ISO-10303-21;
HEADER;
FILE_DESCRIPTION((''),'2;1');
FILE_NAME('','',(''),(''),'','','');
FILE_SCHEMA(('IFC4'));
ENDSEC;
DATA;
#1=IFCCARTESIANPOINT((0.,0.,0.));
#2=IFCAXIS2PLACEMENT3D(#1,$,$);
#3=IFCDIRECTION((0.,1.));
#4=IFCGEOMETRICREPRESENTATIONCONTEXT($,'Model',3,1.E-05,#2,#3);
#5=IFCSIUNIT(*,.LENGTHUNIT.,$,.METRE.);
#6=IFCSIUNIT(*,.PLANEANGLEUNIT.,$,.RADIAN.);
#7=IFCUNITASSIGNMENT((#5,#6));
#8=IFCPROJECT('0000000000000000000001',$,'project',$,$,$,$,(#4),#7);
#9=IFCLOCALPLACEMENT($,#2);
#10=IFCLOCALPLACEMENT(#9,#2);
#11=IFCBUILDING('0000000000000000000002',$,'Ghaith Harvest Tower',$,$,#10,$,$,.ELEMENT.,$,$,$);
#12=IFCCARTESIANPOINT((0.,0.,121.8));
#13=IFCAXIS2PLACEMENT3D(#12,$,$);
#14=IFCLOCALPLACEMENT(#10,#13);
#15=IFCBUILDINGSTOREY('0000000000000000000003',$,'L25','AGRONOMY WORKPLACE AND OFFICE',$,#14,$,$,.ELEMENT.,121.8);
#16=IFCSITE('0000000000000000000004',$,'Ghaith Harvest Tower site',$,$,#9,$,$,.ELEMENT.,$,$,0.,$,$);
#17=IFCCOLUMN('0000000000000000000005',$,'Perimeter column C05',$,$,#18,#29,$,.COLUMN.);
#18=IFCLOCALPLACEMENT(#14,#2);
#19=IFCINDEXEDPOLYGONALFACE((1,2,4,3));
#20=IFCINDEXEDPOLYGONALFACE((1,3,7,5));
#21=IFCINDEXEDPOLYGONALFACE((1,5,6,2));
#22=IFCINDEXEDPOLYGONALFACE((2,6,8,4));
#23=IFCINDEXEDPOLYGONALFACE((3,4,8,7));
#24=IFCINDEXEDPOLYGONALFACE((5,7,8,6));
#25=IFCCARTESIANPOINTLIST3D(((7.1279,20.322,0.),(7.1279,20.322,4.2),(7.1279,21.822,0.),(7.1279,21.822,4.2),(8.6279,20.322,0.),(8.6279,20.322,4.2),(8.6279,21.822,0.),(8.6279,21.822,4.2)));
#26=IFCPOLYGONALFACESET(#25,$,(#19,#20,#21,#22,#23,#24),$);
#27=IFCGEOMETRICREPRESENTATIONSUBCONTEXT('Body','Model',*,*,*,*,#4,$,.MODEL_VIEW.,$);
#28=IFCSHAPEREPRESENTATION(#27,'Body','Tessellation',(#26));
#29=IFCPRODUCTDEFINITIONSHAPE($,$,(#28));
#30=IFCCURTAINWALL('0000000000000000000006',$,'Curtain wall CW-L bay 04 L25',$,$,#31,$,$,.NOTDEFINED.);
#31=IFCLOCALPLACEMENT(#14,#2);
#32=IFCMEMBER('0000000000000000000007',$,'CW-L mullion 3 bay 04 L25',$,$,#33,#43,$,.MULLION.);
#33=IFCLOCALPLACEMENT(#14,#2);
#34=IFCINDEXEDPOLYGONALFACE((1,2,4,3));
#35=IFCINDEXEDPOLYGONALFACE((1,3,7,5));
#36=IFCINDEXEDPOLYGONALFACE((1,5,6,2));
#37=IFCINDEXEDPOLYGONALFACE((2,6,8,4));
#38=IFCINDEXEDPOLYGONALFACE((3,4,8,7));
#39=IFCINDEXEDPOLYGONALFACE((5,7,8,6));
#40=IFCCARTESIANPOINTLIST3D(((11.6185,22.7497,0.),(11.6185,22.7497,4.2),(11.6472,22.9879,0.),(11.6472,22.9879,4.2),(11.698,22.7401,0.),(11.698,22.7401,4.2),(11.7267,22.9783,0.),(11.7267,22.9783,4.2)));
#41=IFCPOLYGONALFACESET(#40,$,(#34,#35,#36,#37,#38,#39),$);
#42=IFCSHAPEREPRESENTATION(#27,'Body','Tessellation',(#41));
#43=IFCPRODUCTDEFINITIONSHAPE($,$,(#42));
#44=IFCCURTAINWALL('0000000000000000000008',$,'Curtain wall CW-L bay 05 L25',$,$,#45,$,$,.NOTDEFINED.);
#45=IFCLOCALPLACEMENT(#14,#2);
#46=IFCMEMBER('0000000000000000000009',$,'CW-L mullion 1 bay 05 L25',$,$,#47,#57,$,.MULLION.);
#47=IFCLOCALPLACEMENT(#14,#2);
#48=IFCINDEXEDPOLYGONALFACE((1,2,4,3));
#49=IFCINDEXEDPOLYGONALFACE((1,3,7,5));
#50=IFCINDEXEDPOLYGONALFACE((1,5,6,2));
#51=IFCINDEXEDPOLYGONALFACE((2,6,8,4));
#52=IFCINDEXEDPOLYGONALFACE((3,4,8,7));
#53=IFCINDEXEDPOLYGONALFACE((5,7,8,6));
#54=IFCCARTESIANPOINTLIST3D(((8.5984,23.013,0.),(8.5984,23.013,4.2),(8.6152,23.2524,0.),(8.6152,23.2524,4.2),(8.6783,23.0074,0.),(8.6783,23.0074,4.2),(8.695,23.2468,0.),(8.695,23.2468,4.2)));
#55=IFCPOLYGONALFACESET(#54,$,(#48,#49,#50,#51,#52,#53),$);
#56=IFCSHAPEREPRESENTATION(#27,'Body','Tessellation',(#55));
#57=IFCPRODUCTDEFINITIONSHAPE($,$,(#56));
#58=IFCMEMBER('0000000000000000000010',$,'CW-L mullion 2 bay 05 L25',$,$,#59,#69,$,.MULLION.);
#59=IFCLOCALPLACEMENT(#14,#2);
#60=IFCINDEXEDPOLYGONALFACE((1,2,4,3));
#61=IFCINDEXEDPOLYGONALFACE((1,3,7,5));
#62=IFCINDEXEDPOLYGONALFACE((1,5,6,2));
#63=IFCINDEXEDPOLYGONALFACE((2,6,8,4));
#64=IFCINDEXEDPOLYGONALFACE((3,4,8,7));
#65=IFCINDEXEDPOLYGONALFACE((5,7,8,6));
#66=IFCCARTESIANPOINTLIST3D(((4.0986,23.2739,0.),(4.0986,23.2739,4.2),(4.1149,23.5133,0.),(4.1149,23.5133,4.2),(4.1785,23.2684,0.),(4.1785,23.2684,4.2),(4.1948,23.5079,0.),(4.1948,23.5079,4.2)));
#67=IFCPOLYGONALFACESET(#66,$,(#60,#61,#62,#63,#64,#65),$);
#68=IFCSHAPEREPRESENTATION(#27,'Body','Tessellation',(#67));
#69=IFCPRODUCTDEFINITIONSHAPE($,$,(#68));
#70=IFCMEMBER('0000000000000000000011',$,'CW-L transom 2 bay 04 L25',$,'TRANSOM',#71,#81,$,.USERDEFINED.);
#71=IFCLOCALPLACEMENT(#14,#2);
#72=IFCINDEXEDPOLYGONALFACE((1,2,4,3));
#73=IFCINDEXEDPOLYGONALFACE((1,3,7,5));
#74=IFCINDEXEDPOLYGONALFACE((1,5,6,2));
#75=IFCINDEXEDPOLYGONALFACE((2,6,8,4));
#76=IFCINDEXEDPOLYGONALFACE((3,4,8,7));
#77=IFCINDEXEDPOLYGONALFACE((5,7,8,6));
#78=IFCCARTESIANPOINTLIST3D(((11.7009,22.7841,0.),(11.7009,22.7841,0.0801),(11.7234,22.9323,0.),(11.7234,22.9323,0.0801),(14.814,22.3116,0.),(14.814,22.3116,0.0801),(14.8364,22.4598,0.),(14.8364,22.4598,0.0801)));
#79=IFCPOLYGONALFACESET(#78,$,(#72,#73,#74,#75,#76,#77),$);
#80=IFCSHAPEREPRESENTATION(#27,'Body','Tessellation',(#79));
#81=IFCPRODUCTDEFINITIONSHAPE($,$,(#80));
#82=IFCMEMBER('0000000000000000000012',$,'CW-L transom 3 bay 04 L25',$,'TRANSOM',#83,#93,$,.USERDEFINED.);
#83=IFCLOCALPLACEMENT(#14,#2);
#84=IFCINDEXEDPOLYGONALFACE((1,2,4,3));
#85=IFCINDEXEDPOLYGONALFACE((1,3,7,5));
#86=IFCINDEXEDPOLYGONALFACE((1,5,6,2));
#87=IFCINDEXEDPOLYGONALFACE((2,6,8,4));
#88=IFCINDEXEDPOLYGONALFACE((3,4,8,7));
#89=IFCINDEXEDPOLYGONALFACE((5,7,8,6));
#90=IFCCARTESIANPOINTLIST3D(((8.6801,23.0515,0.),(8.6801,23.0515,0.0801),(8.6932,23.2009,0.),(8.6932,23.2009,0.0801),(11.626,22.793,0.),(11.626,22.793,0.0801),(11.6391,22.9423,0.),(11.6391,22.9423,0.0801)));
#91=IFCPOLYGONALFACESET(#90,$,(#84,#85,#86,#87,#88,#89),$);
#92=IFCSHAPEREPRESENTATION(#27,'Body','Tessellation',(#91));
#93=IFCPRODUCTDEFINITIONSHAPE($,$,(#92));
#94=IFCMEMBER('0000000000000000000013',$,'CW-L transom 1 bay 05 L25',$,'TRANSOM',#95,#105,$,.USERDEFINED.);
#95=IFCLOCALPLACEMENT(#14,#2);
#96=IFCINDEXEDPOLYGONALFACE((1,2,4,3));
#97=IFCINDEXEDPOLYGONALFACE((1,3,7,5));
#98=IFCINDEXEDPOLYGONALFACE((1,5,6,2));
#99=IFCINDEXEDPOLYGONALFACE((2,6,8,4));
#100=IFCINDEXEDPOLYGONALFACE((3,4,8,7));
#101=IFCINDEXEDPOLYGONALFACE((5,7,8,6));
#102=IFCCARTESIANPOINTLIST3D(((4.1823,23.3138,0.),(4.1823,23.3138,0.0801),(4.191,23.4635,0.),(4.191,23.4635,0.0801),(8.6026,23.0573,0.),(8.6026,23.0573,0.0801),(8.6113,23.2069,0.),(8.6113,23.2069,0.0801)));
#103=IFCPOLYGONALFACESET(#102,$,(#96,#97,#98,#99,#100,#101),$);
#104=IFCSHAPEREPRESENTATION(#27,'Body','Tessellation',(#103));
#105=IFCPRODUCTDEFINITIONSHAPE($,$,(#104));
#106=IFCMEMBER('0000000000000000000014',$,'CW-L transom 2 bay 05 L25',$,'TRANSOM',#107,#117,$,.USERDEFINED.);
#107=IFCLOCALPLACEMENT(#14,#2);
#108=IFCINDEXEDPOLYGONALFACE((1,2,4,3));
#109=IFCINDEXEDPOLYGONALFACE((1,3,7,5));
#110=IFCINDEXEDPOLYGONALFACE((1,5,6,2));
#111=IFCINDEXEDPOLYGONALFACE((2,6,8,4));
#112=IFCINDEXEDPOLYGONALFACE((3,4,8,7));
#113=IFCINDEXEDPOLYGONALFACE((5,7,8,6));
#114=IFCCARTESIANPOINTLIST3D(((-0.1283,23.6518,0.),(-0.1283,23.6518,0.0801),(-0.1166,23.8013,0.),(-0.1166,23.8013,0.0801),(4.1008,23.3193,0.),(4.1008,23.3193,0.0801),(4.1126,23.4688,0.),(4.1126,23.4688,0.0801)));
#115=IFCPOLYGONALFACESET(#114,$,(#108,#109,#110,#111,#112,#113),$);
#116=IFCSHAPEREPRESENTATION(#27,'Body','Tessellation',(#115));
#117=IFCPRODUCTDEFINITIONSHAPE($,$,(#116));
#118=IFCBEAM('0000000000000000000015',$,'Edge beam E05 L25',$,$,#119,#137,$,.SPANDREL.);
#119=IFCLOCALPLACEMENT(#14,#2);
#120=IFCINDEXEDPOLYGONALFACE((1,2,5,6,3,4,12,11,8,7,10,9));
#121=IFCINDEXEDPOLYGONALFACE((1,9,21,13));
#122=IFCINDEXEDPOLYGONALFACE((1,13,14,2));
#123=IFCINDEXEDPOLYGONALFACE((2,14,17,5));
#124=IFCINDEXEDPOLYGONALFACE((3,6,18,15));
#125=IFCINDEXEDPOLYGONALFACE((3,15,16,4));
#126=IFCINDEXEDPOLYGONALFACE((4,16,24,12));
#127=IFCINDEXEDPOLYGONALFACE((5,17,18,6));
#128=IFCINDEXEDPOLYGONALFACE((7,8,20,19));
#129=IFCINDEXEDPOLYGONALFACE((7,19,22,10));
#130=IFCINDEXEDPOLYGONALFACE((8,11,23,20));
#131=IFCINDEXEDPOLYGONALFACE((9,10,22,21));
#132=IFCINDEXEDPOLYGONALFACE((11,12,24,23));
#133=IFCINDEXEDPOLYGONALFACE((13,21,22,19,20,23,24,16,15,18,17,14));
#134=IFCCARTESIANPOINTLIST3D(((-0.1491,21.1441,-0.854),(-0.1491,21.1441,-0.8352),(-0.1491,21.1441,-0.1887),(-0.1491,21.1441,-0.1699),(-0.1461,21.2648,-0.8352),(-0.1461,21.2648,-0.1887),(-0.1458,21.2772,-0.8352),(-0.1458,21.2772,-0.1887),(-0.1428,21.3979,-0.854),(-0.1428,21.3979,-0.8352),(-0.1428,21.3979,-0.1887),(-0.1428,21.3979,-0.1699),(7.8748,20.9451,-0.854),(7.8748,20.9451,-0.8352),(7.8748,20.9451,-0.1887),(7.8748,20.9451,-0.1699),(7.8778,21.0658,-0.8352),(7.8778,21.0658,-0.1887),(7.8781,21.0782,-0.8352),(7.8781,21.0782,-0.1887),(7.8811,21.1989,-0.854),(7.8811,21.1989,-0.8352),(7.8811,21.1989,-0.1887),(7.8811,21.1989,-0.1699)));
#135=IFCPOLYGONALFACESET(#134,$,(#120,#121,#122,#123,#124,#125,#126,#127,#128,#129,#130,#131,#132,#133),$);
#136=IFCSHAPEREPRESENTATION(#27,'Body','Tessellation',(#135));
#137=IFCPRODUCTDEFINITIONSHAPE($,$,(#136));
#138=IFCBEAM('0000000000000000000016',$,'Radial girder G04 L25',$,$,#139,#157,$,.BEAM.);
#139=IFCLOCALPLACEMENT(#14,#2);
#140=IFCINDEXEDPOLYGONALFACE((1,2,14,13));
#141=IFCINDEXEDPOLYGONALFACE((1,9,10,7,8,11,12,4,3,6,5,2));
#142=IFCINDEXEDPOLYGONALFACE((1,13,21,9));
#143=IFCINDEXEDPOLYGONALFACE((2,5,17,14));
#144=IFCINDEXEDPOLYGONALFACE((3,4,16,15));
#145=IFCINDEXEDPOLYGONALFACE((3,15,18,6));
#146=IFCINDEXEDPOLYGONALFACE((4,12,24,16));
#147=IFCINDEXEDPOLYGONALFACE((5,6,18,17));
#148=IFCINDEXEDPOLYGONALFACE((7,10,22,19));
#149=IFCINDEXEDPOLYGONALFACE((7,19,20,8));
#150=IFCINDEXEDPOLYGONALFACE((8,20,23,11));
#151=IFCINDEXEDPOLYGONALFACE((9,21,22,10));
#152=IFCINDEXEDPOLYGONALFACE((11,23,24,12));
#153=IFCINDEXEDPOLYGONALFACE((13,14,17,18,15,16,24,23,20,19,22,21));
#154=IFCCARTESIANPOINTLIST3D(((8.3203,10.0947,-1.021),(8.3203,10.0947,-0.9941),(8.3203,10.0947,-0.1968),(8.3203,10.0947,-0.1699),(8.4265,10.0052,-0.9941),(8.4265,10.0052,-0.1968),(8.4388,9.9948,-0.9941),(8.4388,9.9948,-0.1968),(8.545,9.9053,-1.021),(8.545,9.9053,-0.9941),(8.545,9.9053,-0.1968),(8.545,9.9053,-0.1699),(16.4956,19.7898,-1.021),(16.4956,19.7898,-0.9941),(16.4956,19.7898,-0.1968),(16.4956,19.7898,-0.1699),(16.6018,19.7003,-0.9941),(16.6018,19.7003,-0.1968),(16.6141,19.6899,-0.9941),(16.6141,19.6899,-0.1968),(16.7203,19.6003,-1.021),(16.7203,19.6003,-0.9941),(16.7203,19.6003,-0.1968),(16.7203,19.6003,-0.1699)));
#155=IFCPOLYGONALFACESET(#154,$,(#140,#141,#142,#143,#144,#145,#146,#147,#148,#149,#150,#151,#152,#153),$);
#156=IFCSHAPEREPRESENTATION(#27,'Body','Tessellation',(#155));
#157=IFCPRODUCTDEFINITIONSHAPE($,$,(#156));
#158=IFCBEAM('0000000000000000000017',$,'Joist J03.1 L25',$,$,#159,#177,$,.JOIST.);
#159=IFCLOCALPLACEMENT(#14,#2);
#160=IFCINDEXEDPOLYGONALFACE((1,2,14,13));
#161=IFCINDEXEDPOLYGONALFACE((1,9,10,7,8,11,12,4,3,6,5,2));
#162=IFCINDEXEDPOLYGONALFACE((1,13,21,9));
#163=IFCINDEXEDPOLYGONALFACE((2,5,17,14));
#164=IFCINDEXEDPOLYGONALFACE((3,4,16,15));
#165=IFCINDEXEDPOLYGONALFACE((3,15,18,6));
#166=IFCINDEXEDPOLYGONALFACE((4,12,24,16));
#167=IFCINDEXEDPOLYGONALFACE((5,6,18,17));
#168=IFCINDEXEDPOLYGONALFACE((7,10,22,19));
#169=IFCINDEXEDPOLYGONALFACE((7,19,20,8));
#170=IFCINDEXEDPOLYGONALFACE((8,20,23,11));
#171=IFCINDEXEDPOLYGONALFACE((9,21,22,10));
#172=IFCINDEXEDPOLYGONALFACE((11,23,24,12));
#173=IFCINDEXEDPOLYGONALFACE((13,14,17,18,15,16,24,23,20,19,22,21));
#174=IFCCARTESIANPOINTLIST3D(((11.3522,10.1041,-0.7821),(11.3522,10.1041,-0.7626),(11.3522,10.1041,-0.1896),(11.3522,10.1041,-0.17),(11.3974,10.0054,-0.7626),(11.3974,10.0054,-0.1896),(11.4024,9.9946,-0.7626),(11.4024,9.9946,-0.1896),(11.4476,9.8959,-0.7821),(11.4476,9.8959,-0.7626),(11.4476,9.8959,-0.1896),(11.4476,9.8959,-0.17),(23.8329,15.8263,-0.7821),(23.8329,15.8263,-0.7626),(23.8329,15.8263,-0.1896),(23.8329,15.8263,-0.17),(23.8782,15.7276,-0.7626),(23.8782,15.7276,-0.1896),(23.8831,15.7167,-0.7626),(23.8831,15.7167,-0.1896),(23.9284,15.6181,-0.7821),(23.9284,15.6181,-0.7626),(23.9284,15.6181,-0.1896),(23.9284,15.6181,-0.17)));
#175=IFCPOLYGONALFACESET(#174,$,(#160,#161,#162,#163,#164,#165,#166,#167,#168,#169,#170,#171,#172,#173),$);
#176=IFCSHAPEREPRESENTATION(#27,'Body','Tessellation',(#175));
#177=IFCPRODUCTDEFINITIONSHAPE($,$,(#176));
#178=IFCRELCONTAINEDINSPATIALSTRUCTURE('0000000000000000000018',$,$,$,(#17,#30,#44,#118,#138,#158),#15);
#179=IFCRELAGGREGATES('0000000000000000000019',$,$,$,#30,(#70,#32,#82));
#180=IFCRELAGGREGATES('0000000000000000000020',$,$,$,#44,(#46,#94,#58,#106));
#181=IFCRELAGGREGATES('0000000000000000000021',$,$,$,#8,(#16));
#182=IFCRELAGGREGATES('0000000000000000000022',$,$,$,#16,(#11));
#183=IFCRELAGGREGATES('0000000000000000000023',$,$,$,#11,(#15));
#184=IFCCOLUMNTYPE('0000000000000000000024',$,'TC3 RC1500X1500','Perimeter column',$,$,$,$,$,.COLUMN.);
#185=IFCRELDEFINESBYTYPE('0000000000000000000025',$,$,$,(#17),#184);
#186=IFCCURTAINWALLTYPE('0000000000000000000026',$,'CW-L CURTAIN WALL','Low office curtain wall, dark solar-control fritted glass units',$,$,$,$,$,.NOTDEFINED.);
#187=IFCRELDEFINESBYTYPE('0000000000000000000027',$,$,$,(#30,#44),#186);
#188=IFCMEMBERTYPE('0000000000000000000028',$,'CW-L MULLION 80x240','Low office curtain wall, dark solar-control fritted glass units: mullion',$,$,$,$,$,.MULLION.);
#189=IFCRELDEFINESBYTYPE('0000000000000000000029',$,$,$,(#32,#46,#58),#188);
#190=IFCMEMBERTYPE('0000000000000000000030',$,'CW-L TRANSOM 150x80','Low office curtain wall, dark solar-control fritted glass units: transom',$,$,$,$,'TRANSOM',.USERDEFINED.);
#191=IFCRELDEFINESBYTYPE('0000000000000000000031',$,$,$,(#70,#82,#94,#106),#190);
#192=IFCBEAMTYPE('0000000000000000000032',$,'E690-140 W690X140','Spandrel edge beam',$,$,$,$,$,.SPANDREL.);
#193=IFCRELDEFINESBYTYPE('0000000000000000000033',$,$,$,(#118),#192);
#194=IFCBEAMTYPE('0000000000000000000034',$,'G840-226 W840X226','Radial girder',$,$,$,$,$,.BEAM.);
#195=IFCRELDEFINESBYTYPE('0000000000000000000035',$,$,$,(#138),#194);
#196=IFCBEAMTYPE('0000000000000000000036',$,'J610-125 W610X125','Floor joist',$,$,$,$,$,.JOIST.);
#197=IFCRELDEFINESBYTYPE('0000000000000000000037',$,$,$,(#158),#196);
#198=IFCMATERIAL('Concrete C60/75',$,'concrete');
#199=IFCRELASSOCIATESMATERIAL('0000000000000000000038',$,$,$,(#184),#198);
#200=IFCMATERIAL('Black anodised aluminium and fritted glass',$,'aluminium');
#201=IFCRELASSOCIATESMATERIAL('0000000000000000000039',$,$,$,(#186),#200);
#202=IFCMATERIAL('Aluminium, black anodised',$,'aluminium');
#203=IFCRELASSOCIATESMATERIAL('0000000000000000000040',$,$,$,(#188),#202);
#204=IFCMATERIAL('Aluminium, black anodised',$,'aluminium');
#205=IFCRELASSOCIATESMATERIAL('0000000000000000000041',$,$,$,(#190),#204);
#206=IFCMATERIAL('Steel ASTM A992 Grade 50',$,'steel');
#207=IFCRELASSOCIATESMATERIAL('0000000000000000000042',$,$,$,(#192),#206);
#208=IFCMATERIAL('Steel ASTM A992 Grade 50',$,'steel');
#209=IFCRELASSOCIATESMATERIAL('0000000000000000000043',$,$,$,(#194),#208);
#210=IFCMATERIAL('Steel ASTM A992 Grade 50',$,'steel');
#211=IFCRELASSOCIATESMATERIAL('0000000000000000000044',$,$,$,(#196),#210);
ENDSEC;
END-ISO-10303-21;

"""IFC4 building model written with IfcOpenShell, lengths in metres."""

from ifc_helpers import new_model, si_unit, direction, frame, origin, origin_2d, place, context, subcontext, project, spatial, rectangle, i_section, extrude, material, material_profile, profile_set, type_object, element, aggregate, save


model = new_model("IFC4")

# Units and contexts
model_context = context("Model", 3, precision=1e-05, world=origin(), true_north=direction((0.0, 1.0)))
body_context = subcontext(model_context, "Body", "Model", "MODEL_VIEW")
ifc_project = project(units=[si_unit("LENGTHUNIT", "METRE"), si_unit("PLANEANGLEUNIT", "RADIAN")], contexts=[model_context])

# Site, building, storey
site_placement = place(None, origin())
site = spatial("IfcSite", under=ifc_project, at=site_placement, Name="Ghaith Harvest Tower site", CompositionType="ELEMENT", RefElevation=0.0)
building_placement = place(site_placement, origin())
building = spatial("IfcBuilding", under=site, at=building_placement, Name="Ghaith Harvest Tower", CompositionType="ELEMENT")
storey_placement = place(building_placement, frame((0.0, 0.0, 121.8)))
storey = spatial("IfcBuildingStorey", under=building, at=storey_placement, Name="L25", Description="AGRONOMY WORKPLACE AND OFFICE", CompositionType="ELEMENT", Elevation=121.8)

# Column
ifc_material_1 = material(Name="Concrete C60/75", Category="concrete")
ifc_material_profile_1 = material_profile(ifc_material_1, rectangle(XDim=1.5, YDim=1.5, at=origin_2d()), Name="RC1500X1500")
ifc_profile_set_1 = profile_set([ifc_material_profile_1], Name="Concrete C60/75")
column_type = type_object("IfcColumnType", Name="TC3 RC1500X1500", Description="Perimeter column", PredefinedType="COLUMN", material=ifc_profile_set_1)
column_placement = place(storey_placement, frame((7.8779, 21.072, 0.0), z_axis=(0.0, 0.0, 1.0), x_axis=(1.0, 0.0, 0.0)))
element("IfcColumn", 1, at=column_placement, inside=storey, type_object=column_type, Name="Perimeter column C05", PredefinedType="COLUMN", context=body_context, shape_type="SweptSolid", body=[
    extrude(rectangle(XDim=1.5, YDim=1.5, at=origin_2d()), origin(), (0.0, 0.0, 1.0), 4.2),
])

# Curtain wall, member
ifc_material_2 = material(Name="Black anodised aluminium and fritted glass", Category="aluminium")
curtain_wall_type = type_object("IfcCurtainWallType", Name="CW-L CURTAIN WALL", Description="Low office curtain wall, dark solar-control fritted glass units", PredefinedType="NOTDEFINED", material=ifc_material_2)
curtain_wall_1_placement = place(storey_placement, origin())
curtain_wall_1 = element("IfcCurtainWall", 2, at=curtain_wall_1_placement, inside=storey, type_object=curtain_wall_type, Name="Curtain wall CW-L bay 04 L25", PredefinedType="NOTDEFINED")
ifc_material_3 = material(Name="Aluminium, black anodised", Category="aluminium")
ifc_material_profile_2 = material_profile(ifc_material_3, rectangle(XDim=0.0801, YDim=0.24, at=origin_2d()), Name="CW-L MULLION 80x240")
ifc_profile_set_2 = profile_set([ifc_material_profile_2], Name="Aluminium, black anodised")
member_type_1 = type_object("IfcMemberType", Name="CW-L MULLION 80x240", Description="Low office curtain wall, dark solar-control fritted glass units: mullion", PredefinedType="MULLION", material=ifc_profile_set_2)
member_1_placement = place(storey_placement, frame((11.6726, 22.864, 0.0), z_axis=(0.0, 0.0, 1.0), x_axis=(-0.9928, 0.11978, 0.0)))
member_1 = element("IfcMember", 3, at=member_1_placement, type_object=member_type_1, Name="CW-L mullion 3 bay 04 L25", PredefinedType="MULLION", context=body_context, shape_type="SweptSolid", body=[
    extrude(rectangle(XDim=0.0801, YDim=0.24, at=origin_2d()), origin(), (0.0, 0.0, 1.0), 4.2),
])

# Curtain wall, members
curtain_wall_2_placement = place(storey_placement, origin())
curtain_wall_2 = element("IfcCurtainWall", 4, at=curtain_wall_2_placement, inside=storey, type_object=curtain_wall_type, Name="Curtain wall CW-L bay 05 L25", PredefinedType="NOTDEFINED")
member_2_placement = place(storey_placement, frame((8.6467, 23.1299, 0.0), z_axis=(0.0, 0.0, 1.0), x_axis=(-0.997559, 0.069832, 0.0)))
member_2 = element("IfcMember", 5, at=member_2_placement, type_object=member_type_1, Name="CW-L mullion 1 bay 05 L25", PredefinedType="MULLION", context=body_context, shape_type="SweptSolid", body=[
    extrude(rectangle(XDim=0.0801, YDim=0.24, at=origin_2d()), origin(), (0.0, 0.0, 1.0), 4.2),
])
member_3_placement = place(storey_placement, frame((4.1467, 23.3909, 0.0), z_axis=(0.0, 0.0, 1.0), x_axis=(-0.99769, 0.067933, 0.0)))
member_3 = element("IfcMember", 6, at=member_3_placement, type_object=member_type_1, Name="CW-L mullion 2 bay 05 L25", PredefinedType="MULLION", context=body_context, shape_type="SweptSolid", body=[
    extrude(rectangle(XDim=0.0801, YDim=0.24, at=origin_2d()), origin(), (0.0, 0.0, 1.0), 4.2),
])

# Members
ifc_material_4 = material(Name="Aluminium, black anodised", Category="aluminium")
ifc_material_profile_3 = material_profile(ifc_material_4, rectangle(XDim=0.1499, YDim=0.0801, at=origin_2d()), Name="CW-L TRANSOM 150x80")
ifc_profile_set_3 = profile_set([ifc_material_profile_3], Name="Aluminium, black anodised")
member_type_2 = type_object("IfcMemberType", Name="CW-L TRANSOM 150x80", Description="Low office curtain wall, dark solar-control fritted glass units: transom", ElementType="TRANSOM", PredefinedType="USERDEFINED", material=ifc_profile_set_3)
member_4_placement = place(storey_placement, frame((14.8252, 22.3857, 0.04), z_axis=(-0.988681, 0.150035, 0.0), x_axis=(-0.150035, -0.988681, 0.0)))
member_4 = element("IfcMember", 7, at=member_4_placement, type_object=member_type_2, Name="CW-L transom 2 bay 04 L25", ObjectType="TRANSOM", PredefinedType="USERDEFINED", context=body_context, shape_type="SweptSolid", body=[
    extrude(rectangle(XDim=0.1499, YDim=0.0801, at=origin_2d()), origin(), (0.0, 0.0, 1.0), 3.1487),
])
member_5_placement = place(storey_placement, frame((11.6326, 22.8677, 0.04), z_axis=(-0.996171, 0.087424, 0.0), x_axis=(-0.087424, -0.996171, 0.0)))
member_5 = element("IfcMember", 8, at=member_5_placement, type_object=member_type_2, Name="CW-L transom 3 bay 04 L25", ObjectType="TRANSOM", PredefinedType="USERDEFINED", context=body_context, shape_type="SweptSolid", body=[
    extrude(rectangle(XDim=0.1499, YDim=0.0801, at=origin_2d()), origin(), (0.0, 0.0, 1.0), 2.9573),
])
member_6_placement = place(storey_placement, frame((8.6069, 23.1321, 0.04), z_axis=(-0.99832, 0.05795, 0.0), x_axis=(-0.05795, -0.99832, 0.0)))
member_6 = element("IfcMember", 9, at=member_6_placement, type_object=member_type_2, Name="CW-L transom 1 bay 05 L25", ObjectType="TRANSOM", PredefinedType="USERDEFINED", context=body_context, shape_type="SweptSolid", body=[
    extrude(rectangle(XDim=0.1499, YDim=0.0801, at=origin_2d()), origin(), (0.0, 0.0, 1.0), 4.4277),
])
member_7_placement = place(storey_placement, frame((4.1067, 23.394, 0.04), z_axis=(-0.996923, 0.078382, 0.0), x_axis=(-0.078382, -0.996923, 0.0)))
member_7 = element("IfcMember", 10, at=member_7_placement, type_object=member_type_2, Name="CW-L transom 2 bay 05 L25", ObjectType="TRANSOM", PredefinedType="USERDEFINED", context=body_context, shape_type="SweptSolid", body=[
    extrude(rectangle(XDim=0.1499, YDim=0.0801, at=origin_2d()), origin(), (0.0, 0.0, 1.0), 4.2422),
])

# Beams
ifc_material_5 = material(Name="Steel ASTM A992 Grade 50", Category="steel")
ifc_material_profile_4 = material_profile(ifc_material_5, i_section(OverallWidth=0.2539, OverallDepth=0.6841, WebThickness=0.0125, FlangeThickness=0.0188, at=origin_2d()), Name="W690X140")
ifc_profile_set_4 = profile_set([ifc_material_profile_4], Name="Steel ASTM A992 Grade 50")
beam_type_1 = type_object("IfcBeamType", Name="E690-140 W690X140", Description="Spandrel edge beam", PredefinedType="SPANDREL", material=ifc_profile_set_4)
beam_1_placement = place(storey_placement, frame((7.8779, 21.072, -0.512), z_axis=(-0.999693, 0.02479, 0.0), x_axis=(-0.02479, -0.999693, 0.0)))
element("IfcBeam", 11, at=beam_1_placement, inside=storey, type_object=beam_type_1, Name="Edge beam E05 L25", PredefinedType="SPANDREL", context=body_context, shape_type="SweptSolid", body=[
    extrude(i_section(OverallWidth=0.2539, OverallDepth=0.6841, WebThickness=0.0125, FlangeThickness=0.0188, at=origin_2d()), origin(), (0.0, 0.0, 1.0), 8.0264),
])
ifc_material_6 = material(Name="Steel ASTM A992 Grade 50", Category="steel")
ifc_material_profile_5 = material_profile(ifc_material_6, i_section(OverallWidth=0.2939, OverallDepth=0.8511, WebThickness=0.0161, FlangeThickness=0.0269, at=origin_2d()), Name="W840X226")
ifc_profile_set_5 = profile_set([ifc_material_profile_5], Name="Steel ASTM A992 Grade 50")
beam_type_2 = type_object("IfcBeamType", Name="G840-226 W840X226", Description="Radial girder", PredefinedType="BEAM", material=ifc_profile_set_5)
beam_2_placement = place(storey_placement, frame((8.4326, 10.0, -0.5955), z_axis=(0.644644, 0.764483, 0.0), x_axis=(-0.764483, 0.644644, 0.0)))
element("IfcBeam", 12, at=beam_2_placement, inside=storey, type_object=beam_type_2, Name="Radial girder G04 L25", PredefinedType="BEAM", context=body_context, shape_type="SweptSolid", body=[
    extrude(i_section(OverallWidth=0.2939, OverallDepth=0.8511, WebThickness=0.0161, FlangeThickness=0.0269, at=origin_2d()), origin(), (0.0, 0.0, 1.0), 12.6819),
])
ifc_material_7 = material(Name="Steel ASTM A992 Grade 50", Category="steel")
ifc_material_profile_6 = material_profile(ifc_material_7, i_section(OverallWidth=0.229, OverallDepth=0.6121, WebThickness=0.012, FlangeThickness=0.0195, at=origin_2d()), Name="W610X125")
ifc_profile_set_6 = profile_set([ifc_material_profile_6], Name="Steel ASTM A992 Grade 50")
beam_type_3 = type_object("IfcBeamType", Name="J610-125 W610X125", Description="Floor joist", PredefinedType="JOIST", material=ifc_profile_set_6)
beam_3_placement = place(storey_placement, frame((11.3999, 10.0, -0.4761), z_axis=(0.909014, 0.416766, 0.0), x_axis=(-0.416766, 0.909014, 0.0)))
element("IfcBeam", 13, at=beam_3_placement, inside=storey, type_object=beam_type_3, Name="Joist J03.1 L25", PredefinedType="JOIST", context=body_context, shape_type="SweptSolid", body=[
    extrude(i_section(OverallWidth=0.229, OverallDepth=0.6121, WebThickness=0.012, FlangeThickness=0.0195, at=origin_2d()), origin(), (0.0, 0.0, 1.0), 13.73),
])

aggregate(curtain_wall_1, [member_4, member_1, member_5])
aggregate(curtain_wall_2, [member_2, member_6, member_3, member_7])

save(model, "model.ifc")
